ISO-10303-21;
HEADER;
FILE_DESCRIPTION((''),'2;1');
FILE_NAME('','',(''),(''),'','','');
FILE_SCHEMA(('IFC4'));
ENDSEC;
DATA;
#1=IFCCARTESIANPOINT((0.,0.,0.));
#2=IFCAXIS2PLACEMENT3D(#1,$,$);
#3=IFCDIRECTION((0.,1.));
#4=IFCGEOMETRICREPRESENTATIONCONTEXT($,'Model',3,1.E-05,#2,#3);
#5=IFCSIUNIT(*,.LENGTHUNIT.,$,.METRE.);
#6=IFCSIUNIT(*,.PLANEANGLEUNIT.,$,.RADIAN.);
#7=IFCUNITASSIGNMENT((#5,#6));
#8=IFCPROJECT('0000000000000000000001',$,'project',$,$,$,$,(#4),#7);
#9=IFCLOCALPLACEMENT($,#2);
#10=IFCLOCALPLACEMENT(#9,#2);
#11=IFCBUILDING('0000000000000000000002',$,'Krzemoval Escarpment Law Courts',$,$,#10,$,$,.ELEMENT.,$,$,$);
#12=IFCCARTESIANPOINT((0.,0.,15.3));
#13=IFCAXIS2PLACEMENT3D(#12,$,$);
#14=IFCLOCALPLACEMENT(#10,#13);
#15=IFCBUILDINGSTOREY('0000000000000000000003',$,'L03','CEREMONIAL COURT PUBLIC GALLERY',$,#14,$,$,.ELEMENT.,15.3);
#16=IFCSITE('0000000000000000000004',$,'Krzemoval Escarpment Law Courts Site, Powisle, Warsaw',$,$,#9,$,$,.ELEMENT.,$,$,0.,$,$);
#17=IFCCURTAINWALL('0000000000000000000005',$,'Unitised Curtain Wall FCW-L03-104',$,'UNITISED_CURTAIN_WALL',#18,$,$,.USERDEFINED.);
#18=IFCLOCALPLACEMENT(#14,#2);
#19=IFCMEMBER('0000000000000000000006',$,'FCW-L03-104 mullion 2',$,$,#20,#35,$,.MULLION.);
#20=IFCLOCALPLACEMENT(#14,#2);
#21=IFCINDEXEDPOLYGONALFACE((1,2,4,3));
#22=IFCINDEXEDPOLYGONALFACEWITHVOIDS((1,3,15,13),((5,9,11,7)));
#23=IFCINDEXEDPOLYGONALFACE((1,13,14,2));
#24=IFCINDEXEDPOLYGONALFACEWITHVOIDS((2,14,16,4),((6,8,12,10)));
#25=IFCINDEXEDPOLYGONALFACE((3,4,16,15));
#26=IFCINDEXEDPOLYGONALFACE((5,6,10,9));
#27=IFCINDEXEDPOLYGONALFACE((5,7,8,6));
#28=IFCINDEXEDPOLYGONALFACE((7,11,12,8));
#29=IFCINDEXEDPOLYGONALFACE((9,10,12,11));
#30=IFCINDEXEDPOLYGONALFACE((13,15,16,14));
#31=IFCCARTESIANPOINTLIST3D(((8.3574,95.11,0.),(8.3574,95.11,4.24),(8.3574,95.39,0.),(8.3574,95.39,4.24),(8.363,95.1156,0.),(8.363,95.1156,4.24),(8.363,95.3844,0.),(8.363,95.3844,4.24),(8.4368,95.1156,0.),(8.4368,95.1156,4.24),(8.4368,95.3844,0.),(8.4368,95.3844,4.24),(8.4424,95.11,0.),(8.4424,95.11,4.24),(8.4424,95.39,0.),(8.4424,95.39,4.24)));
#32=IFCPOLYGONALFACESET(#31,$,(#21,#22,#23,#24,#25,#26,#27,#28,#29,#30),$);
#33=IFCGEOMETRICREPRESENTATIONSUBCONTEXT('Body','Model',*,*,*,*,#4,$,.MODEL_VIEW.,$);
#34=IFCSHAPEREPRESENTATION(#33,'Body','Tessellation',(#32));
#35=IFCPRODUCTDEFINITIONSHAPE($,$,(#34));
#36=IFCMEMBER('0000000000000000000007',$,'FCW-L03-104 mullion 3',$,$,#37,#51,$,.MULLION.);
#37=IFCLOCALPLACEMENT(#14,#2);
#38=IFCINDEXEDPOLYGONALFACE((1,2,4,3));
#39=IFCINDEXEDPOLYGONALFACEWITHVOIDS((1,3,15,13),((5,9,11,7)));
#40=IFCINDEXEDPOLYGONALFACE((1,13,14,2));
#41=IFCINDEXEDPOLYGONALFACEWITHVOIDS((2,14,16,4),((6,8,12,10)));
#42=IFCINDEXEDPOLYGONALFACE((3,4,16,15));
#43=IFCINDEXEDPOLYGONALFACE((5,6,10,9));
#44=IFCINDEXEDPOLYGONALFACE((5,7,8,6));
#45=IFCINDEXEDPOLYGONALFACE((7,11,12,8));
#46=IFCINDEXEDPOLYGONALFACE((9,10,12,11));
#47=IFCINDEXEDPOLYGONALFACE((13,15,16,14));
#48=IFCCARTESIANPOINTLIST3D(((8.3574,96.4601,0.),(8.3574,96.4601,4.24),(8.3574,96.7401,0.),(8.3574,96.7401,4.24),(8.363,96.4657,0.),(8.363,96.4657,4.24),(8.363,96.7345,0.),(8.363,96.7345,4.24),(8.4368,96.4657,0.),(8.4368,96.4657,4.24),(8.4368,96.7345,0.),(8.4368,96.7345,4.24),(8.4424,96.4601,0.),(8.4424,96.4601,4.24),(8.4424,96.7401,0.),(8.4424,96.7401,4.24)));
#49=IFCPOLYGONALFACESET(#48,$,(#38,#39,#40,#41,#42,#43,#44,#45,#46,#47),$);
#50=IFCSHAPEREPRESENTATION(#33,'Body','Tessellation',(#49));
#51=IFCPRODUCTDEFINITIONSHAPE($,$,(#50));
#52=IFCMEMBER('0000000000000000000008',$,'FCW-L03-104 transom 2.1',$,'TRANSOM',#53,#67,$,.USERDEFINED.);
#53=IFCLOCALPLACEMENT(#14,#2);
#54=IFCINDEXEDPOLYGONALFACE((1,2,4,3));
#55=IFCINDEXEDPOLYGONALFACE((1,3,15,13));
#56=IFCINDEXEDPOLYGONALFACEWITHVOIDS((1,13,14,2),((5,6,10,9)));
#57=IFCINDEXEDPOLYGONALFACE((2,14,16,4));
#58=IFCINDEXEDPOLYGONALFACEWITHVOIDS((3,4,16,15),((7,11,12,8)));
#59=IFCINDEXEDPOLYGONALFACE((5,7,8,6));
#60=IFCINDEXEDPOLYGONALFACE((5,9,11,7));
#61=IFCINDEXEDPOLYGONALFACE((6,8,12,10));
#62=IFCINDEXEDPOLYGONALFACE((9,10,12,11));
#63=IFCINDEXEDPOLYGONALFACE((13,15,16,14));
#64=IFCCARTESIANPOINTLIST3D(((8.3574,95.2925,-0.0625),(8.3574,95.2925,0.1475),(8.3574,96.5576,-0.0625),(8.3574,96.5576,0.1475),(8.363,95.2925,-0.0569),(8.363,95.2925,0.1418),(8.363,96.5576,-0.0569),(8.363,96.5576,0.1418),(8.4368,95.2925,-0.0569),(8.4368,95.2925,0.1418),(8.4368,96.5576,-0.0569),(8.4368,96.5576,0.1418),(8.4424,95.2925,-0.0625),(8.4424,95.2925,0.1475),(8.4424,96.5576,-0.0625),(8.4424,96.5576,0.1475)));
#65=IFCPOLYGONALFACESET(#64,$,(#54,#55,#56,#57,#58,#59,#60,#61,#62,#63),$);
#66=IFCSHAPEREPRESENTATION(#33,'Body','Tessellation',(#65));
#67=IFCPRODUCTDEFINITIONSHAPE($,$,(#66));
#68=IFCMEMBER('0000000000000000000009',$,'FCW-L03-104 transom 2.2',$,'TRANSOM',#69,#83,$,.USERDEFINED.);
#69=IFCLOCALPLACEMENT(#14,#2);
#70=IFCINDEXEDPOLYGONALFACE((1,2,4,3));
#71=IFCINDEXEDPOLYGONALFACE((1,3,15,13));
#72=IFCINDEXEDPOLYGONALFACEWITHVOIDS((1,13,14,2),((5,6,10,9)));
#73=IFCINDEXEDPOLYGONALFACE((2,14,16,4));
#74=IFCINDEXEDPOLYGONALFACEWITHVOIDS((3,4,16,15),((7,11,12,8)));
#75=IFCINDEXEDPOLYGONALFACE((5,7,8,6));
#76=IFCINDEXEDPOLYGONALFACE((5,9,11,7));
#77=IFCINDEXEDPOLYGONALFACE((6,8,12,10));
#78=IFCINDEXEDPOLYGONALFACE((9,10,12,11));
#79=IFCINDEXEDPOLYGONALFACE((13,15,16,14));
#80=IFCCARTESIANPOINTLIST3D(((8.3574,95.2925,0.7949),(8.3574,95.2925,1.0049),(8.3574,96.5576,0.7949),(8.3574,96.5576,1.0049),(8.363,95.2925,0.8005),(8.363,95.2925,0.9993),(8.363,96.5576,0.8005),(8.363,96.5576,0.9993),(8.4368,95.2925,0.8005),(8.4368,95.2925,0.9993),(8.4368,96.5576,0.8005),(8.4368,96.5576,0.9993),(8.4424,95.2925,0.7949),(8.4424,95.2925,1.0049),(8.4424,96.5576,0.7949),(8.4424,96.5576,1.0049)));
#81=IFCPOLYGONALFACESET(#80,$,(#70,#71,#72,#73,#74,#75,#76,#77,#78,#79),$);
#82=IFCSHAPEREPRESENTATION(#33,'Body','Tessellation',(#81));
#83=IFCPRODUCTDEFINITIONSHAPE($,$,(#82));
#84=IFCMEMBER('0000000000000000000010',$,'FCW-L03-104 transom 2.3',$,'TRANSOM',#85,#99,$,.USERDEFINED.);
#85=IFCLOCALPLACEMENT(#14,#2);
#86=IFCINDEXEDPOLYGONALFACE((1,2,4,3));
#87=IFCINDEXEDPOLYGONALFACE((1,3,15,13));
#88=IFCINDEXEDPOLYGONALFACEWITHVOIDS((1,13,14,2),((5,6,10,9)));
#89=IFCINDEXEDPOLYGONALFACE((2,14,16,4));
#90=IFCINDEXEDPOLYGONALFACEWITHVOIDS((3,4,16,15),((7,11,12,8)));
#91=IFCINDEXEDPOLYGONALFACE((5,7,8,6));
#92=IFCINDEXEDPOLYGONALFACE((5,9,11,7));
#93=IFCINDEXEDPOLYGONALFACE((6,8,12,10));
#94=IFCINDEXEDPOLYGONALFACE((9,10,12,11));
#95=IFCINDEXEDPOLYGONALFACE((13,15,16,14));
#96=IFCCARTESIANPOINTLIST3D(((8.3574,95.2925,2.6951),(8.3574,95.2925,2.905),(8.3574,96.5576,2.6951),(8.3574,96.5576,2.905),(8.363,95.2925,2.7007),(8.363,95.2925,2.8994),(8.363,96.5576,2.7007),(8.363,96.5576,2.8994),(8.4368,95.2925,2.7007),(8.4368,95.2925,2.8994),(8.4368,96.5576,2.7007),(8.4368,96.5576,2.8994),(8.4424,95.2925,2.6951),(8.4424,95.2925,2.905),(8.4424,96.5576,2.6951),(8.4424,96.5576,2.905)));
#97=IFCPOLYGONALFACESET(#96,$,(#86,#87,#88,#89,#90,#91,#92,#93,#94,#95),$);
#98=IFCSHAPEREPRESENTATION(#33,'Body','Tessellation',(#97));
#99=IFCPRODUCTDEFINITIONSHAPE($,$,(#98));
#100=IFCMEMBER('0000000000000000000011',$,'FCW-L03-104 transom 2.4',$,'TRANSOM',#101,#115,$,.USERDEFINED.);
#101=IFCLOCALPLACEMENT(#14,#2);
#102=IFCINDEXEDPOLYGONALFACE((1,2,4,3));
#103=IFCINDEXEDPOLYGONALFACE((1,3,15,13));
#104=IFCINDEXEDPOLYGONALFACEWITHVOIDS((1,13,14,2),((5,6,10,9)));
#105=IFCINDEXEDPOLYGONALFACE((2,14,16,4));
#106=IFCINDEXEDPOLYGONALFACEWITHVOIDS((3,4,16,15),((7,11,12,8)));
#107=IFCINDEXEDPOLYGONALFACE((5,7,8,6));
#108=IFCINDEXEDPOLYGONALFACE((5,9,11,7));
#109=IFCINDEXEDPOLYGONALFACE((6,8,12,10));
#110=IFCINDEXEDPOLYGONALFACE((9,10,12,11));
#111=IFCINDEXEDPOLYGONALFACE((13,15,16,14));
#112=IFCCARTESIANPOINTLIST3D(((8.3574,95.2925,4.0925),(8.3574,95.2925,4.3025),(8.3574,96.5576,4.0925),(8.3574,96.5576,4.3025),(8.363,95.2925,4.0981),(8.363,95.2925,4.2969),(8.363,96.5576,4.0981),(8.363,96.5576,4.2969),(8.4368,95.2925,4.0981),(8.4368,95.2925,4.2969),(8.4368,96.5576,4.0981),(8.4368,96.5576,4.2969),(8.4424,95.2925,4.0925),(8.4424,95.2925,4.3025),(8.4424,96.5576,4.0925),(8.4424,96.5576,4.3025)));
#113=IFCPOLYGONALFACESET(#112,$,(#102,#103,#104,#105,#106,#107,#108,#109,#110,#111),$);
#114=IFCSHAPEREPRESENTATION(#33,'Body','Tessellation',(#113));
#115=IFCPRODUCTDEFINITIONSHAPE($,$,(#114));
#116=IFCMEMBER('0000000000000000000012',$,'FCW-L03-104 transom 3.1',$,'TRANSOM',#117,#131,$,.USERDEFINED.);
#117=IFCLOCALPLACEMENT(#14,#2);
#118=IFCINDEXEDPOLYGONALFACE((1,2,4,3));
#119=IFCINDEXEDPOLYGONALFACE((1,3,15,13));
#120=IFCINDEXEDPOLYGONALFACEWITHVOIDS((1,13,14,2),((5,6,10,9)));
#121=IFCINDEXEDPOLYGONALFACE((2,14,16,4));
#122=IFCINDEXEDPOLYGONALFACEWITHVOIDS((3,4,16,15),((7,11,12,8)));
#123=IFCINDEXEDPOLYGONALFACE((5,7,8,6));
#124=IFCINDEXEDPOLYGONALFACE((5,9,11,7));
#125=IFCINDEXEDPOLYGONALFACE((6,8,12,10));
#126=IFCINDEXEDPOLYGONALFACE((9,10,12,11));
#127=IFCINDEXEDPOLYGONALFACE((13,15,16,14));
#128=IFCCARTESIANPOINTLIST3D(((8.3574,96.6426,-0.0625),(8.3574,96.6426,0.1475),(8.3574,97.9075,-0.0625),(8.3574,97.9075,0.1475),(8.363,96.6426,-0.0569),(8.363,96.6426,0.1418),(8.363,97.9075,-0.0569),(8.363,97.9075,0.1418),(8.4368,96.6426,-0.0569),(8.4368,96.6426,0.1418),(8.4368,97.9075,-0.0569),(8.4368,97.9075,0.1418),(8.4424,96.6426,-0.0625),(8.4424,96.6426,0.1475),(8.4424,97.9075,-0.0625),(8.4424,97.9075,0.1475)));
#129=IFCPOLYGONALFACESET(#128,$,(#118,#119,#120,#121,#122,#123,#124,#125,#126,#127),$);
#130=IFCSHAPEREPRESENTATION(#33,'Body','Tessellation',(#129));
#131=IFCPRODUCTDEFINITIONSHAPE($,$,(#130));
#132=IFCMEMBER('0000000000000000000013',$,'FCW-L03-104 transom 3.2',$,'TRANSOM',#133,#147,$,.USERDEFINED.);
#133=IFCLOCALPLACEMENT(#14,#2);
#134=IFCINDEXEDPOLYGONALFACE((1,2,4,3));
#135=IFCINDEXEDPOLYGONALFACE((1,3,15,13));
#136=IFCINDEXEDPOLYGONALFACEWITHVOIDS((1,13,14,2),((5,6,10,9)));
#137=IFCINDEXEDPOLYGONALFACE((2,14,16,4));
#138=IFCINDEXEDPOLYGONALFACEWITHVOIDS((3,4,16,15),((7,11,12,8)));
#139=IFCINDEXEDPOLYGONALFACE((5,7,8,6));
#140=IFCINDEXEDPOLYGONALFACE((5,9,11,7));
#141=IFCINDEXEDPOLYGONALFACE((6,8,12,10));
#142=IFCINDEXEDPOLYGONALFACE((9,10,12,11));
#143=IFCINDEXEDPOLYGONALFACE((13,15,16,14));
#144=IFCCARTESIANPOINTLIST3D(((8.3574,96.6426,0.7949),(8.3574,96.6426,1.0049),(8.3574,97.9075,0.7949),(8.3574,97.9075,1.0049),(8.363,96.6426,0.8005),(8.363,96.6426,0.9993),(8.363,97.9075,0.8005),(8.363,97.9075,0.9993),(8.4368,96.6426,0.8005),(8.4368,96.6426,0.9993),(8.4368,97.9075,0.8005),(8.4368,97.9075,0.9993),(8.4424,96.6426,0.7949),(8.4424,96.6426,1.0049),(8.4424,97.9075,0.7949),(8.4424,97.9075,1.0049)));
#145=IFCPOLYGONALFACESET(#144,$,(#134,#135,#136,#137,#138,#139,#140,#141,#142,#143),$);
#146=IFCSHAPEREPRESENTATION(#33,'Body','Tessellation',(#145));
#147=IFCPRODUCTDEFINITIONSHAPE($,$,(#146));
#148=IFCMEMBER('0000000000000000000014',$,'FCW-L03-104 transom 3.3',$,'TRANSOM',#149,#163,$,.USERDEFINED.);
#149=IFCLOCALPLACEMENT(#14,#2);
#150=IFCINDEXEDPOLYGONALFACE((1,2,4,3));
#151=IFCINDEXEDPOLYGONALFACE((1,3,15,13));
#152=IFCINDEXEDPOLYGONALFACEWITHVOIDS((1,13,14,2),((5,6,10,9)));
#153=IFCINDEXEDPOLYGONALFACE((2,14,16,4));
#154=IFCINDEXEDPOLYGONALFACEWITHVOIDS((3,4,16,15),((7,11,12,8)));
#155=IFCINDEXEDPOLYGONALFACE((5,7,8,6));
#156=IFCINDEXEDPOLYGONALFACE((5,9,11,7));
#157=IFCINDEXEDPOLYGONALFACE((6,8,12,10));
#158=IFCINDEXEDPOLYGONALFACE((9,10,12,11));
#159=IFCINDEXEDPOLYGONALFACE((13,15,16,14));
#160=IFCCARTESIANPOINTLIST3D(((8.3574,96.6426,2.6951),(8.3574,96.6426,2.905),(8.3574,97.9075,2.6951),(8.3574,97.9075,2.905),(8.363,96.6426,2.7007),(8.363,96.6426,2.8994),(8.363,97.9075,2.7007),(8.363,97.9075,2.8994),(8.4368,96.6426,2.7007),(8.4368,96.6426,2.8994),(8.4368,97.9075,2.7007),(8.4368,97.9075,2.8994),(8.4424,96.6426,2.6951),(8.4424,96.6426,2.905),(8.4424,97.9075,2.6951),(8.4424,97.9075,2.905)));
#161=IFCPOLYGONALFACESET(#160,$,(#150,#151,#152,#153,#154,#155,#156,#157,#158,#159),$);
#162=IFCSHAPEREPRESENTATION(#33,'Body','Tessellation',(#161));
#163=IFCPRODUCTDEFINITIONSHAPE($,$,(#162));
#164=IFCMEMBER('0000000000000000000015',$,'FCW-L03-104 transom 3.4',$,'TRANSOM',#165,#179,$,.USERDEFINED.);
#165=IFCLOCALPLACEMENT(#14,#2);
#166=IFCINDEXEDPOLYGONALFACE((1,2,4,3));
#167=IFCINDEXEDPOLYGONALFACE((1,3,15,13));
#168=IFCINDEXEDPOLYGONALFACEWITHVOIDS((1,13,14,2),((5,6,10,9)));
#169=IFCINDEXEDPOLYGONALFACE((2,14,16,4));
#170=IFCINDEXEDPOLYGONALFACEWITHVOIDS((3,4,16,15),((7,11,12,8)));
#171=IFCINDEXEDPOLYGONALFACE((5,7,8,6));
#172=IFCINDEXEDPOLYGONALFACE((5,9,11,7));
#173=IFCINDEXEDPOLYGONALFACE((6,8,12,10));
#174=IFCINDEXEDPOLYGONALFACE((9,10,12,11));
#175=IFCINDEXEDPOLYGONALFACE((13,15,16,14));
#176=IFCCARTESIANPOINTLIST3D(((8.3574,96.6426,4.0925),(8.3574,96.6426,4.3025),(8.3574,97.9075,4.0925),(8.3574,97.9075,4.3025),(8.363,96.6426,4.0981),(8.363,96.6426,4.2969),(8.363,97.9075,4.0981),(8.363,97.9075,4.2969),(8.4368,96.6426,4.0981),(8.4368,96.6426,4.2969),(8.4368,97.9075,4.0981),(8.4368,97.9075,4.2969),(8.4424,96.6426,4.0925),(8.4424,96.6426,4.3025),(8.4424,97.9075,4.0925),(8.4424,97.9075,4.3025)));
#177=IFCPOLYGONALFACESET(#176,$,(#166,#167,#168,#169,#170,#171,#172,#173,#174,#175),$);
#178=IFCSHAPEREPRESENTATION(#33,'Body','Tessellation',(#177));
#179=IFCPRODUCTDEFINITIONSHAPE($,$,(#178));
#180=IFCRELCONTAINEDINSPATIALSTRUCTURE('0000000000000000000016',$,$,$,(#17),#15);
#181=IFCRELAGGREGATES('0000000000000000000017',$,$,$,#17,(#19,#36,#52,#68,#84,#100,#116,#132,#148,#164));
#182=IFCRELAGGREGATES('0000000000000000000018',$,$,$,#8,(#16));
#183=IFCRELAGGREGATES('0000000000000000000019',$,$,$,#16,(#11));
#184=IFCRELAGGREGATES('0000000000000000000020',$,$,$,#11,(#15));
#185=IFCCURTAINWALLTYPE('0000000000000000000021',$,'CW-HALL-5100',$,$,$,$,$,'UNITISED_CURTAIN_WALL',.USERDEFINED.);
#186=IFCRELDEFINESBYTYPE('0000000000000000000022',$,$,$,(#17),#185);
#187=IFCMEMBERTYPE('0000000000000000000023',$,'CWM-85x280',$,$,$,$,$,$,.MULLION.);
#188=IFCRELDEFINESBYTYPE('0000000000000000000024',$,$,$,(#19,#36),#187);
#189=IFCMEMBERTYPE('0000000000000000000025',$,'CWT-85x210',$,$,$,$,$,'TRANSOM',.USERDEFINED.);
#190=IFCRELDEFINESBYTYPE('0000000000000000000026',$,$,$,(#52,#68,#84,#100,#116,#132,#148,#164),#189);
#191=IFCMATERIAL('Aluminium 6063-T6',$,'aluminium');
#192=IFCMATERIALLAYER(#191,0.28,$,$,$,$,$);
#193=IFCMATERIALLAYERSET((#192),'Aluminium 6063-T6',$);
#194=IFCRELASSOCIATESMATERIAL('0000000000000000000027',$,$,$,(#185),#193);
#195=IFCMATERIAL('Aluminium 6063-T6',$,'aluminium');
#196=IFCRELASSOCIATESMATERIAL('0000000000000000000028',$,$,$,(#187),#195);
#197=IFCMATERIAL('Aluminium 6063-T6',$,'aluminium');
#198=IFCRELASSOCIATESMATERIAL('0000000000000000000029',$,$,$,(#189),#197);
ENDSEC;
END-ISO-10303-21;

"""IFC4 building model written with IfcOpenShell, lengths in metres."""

from ifc_helpers import new_model, si_unit, direction, frame, origin, origin_2d, place, context, subcontext, project, spatial, hollow_rectangle, extrude, material, layer, layer_set, material_profile, profile_set, type_object, element, aggregate, save


model = new_model("IFC4")

# Units and contexts
model_context = context("Model", 3, precision=1e-05, world=origin(), true_north=direction((0.0, 1.0)))
body_context = subcontext(model_context, "Body", "Model", "MODEL_VIEW")
ifc_project = project(units=[si_unit("LENGTHUNIT", "METRE"), si_unit("PLANEANGLEUNIT", "RADIAN")], contexts=[model_context])

# Site, building, storey
site_placement = place(None, origin())
site = spatial("IfcSite", under=ifc_project, at=site_placement, Name="Krzemoval Escarpment Law Courts Site, Powisle, Warsaw", CompositionType="ELEMENT", RefElevation=0.0)
building_placement = place(site_placement, origin())
building = spatial("IfcBuilding", under=site, at=building_placement, Name="Krzemoval Escarpment Law Courts", CompositionType="ELEMENT")
storey_placement = place(building_placement, frame((0.0, 0.0, 15.3)))
storey = spatial("IfcBuildingStorey", under=building, at=storey_placement, Name="L03", Description="CEREMONIAL COURT PUBLIC GALLERY", CompositionType="ELEMENT", Elevation=15.3)

# Curtain wall, members
ifc_material_1 = material(Name="Aluminium 6063-T6", Category="aluminium")
ifc_layer_1 = layer(ifc_material_1, 0.28)
ifc_layer_set_1 = layer_set([ifc_layer_1], Name="Aluminium 6063-T6")
curtain_wall_type = type_object("IfcCurtainWallType", Name="CW-HALL-5100", ElementType="UNITISED_CURTAIN_WALL", PredefinedType="USERDEFINED", material=ifc_layer_set_1)
curtain_wall_placement = place(storey_placement, origin())
curtain_wall = element("IfcCurtainWall", 1, at=curtain_wall_placement, inside=storey, type_object=curtain_wall_type, Name="Unitised Curtain Wall FCW-L03-104", ObjectType="UNITISED_CURTAIN_WALL", PredefinedType="USERDEFINED")
ifc_material_2 = material(Name="Aluminium 6063-T6", Category="aluminium")
ifc_material_profile_1 = material_profile(ifc_material_2, hollow_rectangle(XDim=0.085, YDim=0.28, WallThickness=0.0056, at=origin_2d()), Name="ALU M85x280")
ifc_profile_set_1 = profile_set([ifc_material_profile_1], Name="Aluminium 6063-T6")
member_type_1 = type_object("IfcMemberType", Name="CWM-85x280", PredefinedType="MULLION", material=ifc_profile_set_1)
member_1_placement = place(storey_placement, frame((8.3999, 95.25, 0.0), z_axis=(0.0, 0.0, 1.0), x_axis=(-1.0, 0.0, 0.0)))
member_1 = element("IfcMember", 2, at=member_1_placement, type_object=member_type_1, Name="FCW-L03-104 mullion 2", PredefinedType="MULLION", context=body_context, shape_type="SweptSolid", body=[
    extrude(hollow_rectangle(XDim=0.085, YDim=0.28, WallThickness=0.0056, at=origin_2d()), origin(), (0.0, 0.0, 1.0), 4.24),
])
member_2_placement = place(storey_placement, frame((8.3999, 96.6001, 0.0), z_axis=(0.0, 0.0, 1.0), x_axis=(-1.0, 0.0, 0.0)))
member_2 = element("IfcMember", 3, at=member_2_placement, type_object=member_type_1, Name="FCW-L03-104 mullion 3", PredefinedType="MULLION", context=body_context, shape_type="SweptSolid", body=[
    extrude(hollow_rectangle(XDim=0.085, YDim=0.28, WallThickness=0.0056, at=origin_2d()), origin(), (0.0, 0.0, 1.0), 4.24),
])
ifc_material_3 = material(Name="Aluminium 6063-T6", Category="aluminium")
ifc_material_profile_2 = material_profile(ifc_material_3, hollow_rectangle(XDim=0.085, YDim=0.21, WallThickness=0.0056, at=origin_2d()), Name="ALU T85x210")
ifc_profile_set_2 = profile_set([ifc_material_profile_2], Name="Aluminium 6063-T6")
member_type_2 = type_object("IfcMemberType", Name="CWT-85x210", ElementType="TRANSOM", PredefinedType="USERDEFINED", material=ifc_profile_set_2)
member_3_placement = place(storey_placement, frame((8.3999, 95.2925, 0.0425), z_axis=(0.0, 1.0, 0.0), x_axis=(-1.0, 0.0, 0.0)))
member_3 = element("IfcMember", 4, at=member_3_placement, type_object=member_type_2, Name="FCW-L03-104 transom 2.1", ObjectType="TRANSOM", PredefinedType="USERDEFINED", context=body_context, shape_type="SweptSolid", body=[
    extrude(hollow_rectangle(XDim=0.085, YDim=0.21, WallThickness=0.0056, at=origin_2d()), origin(), (0.0, 0.0, 1.0), 1.2651),
])
member_4_placement = place(storey_placement, frame((8.3999, 95.2925, 0.8999), z_axis=(0.0, 1.0, 0.0), x_axis=(-1.0, 0.0, 0.0)))
member_4 = element("IfcMember", 5, at=member_4_placement, type_object=member_type_2, Name="FCW-L03-104 transom 2.2", ObjectType="TRANSOM", PredefinedType="USERDEFINED", context=body_context, shape_type="SweptSolid", body=[
    extrude(hollow_rectangle(XDim=0.085, YDim=0.21, WallThickness=0.0056, at=origin_2d()), origin(), (0.0, 0.0, 1.0), 1.2651),
])
member_5_placement = place(storey_placement, frame((8.3999, 95.2925, 2.8), z_axis=(0.0, 1.0, 0.0), x_axis=(-1.0, 0.0, 0.0)))
member_5 = element("IfcMember", 6, at=member_5_placement, type_object=member_type_2, Name="FCW-L03-104 transom 2.3", ObjectType="TRANSOM", PredefinedType="USERDEFINED", context=body_context, shape_type="SweptSolid", body=[
    extrude(hollow_rectangle(XDim=0.085, YDim=0.21, WallThickness=0.0056, at=origin_2d()), origin(), (0.0, 0.0, 1.0), 1.2651),
])
member_6_placement = place(storey_placement, frame((8.3999, 95.2925, 4.1975), z_axis=(0.0, 1.0, 0.0), x_axis=(-1.0, 0.0, 0.0)))
member_6 = element("IfcMember", 7, at=member_6_placement, type_object=member_type_2, Name="FCW-L03-104 transom 2.4", ObjectType="TRANSOM", PredefinedType="USERDEFINED", context=body_context, shape_type="SweptSolid", body=[
    extrude(hollow_rectangle(XDim=0.085, YDim=0.21, WallThickness=0.0056, at=origin_2d()), origin(), (0.0, 0.0, 1.0), 1.2651),
])
member_7_placement = place(storey_placement, frame((8.3999, 96.6426, 0.0425), z_axis=(0.0, 1.0, 0.0), x_axis=(-1.0, 0.0, 0.0)))
member_7 = element("IfcMember", 8, at=member_7_placement, type_object=member_type_2, Name="FCW-L03-104 transom 3.1", ObjectType="TRANSOM", PredefinedType="USERDEFINED", context=body_context, shape_type="SweptSolid", body=[
    extrude(hollow_rectangle(XDim=0.085, YDim=0.21, WallThickness=0.0056, at=origin_2d()), origin(), (0.0, 0.0, 1.0), 1.2649),
])
member_8_placement = place(storey_placement, frame((8.3999, 96.6426, 0.8999), z_axis=(0.0, 1.0, 0.0), x_axis=(-1.0, 0.0, 0.0)))
member_8 = element("IfcMember", 9, at=member_8_placement, type_object=member_type_2, Name="FCW-L03-104 transom 3.2", ObjectType="TRANSOM", PredefinedType="USERDEFINED", context=body_context, shape_type="SweptSolid", body=[
    extrude(hollow_rectangle(XDim=0.085, YDim=0.21, WallThickness=0.0056, at=origin_2d()), origin(), (0.0, 0.0, 1.0), 1.2649),
])
member_9_placement = place(storey_placement, frame((8.3999, 96.6426, 2.8), z_axis=(0.0, 1.0, 0.0), x_axis=(-1.0, 0.0, 0.0)))
member_9 = element("IfcMember", 10, at=member_9_placement, type_object=member_type_2, Name="FCW-L03-104 transom 3.3", ObjectType="TRANSOM", PredefinedType="USERDEFINED", context=body_context, shape_type="SweptSolid", body=[
    extrude(hollow_rectangle(XDim=0.085, YDim=0.21, WallThickness=0.0056, at=origin_2d()), origin(), (0.0, 0.0, 1.0), 1.2649),
])
member_10_placement = place(storey_placement, frame((8.3999, 96.6426, 4.1975), z_axis=(0.0, 1.0, 0.0), x_axis=(-1.0, 0.0, 0.0)))
member_10 = element("IfcMember", 11, at=member_10_placement, type_object=member_type_2, Name="FCW-L03-104 transom 3.4", ObjectType="TRANSOM", PredefinedType="USERDEFINED", context=body_context, shape_type="SweptSolid", body=[
    extrude(hollow_rectangle(XDim=0.085, YDim=0.21, WallThickness=0.0056, at=origin_2d()), origin(), (0.0, 0.0, 1.0), 1.2649),
])

aggregate(curtain_wall, [member_1, member_2, member_3, member_4, member_5, member_6, member_7, member_8, member_9, member_10])

save(model, "model.ifc")
